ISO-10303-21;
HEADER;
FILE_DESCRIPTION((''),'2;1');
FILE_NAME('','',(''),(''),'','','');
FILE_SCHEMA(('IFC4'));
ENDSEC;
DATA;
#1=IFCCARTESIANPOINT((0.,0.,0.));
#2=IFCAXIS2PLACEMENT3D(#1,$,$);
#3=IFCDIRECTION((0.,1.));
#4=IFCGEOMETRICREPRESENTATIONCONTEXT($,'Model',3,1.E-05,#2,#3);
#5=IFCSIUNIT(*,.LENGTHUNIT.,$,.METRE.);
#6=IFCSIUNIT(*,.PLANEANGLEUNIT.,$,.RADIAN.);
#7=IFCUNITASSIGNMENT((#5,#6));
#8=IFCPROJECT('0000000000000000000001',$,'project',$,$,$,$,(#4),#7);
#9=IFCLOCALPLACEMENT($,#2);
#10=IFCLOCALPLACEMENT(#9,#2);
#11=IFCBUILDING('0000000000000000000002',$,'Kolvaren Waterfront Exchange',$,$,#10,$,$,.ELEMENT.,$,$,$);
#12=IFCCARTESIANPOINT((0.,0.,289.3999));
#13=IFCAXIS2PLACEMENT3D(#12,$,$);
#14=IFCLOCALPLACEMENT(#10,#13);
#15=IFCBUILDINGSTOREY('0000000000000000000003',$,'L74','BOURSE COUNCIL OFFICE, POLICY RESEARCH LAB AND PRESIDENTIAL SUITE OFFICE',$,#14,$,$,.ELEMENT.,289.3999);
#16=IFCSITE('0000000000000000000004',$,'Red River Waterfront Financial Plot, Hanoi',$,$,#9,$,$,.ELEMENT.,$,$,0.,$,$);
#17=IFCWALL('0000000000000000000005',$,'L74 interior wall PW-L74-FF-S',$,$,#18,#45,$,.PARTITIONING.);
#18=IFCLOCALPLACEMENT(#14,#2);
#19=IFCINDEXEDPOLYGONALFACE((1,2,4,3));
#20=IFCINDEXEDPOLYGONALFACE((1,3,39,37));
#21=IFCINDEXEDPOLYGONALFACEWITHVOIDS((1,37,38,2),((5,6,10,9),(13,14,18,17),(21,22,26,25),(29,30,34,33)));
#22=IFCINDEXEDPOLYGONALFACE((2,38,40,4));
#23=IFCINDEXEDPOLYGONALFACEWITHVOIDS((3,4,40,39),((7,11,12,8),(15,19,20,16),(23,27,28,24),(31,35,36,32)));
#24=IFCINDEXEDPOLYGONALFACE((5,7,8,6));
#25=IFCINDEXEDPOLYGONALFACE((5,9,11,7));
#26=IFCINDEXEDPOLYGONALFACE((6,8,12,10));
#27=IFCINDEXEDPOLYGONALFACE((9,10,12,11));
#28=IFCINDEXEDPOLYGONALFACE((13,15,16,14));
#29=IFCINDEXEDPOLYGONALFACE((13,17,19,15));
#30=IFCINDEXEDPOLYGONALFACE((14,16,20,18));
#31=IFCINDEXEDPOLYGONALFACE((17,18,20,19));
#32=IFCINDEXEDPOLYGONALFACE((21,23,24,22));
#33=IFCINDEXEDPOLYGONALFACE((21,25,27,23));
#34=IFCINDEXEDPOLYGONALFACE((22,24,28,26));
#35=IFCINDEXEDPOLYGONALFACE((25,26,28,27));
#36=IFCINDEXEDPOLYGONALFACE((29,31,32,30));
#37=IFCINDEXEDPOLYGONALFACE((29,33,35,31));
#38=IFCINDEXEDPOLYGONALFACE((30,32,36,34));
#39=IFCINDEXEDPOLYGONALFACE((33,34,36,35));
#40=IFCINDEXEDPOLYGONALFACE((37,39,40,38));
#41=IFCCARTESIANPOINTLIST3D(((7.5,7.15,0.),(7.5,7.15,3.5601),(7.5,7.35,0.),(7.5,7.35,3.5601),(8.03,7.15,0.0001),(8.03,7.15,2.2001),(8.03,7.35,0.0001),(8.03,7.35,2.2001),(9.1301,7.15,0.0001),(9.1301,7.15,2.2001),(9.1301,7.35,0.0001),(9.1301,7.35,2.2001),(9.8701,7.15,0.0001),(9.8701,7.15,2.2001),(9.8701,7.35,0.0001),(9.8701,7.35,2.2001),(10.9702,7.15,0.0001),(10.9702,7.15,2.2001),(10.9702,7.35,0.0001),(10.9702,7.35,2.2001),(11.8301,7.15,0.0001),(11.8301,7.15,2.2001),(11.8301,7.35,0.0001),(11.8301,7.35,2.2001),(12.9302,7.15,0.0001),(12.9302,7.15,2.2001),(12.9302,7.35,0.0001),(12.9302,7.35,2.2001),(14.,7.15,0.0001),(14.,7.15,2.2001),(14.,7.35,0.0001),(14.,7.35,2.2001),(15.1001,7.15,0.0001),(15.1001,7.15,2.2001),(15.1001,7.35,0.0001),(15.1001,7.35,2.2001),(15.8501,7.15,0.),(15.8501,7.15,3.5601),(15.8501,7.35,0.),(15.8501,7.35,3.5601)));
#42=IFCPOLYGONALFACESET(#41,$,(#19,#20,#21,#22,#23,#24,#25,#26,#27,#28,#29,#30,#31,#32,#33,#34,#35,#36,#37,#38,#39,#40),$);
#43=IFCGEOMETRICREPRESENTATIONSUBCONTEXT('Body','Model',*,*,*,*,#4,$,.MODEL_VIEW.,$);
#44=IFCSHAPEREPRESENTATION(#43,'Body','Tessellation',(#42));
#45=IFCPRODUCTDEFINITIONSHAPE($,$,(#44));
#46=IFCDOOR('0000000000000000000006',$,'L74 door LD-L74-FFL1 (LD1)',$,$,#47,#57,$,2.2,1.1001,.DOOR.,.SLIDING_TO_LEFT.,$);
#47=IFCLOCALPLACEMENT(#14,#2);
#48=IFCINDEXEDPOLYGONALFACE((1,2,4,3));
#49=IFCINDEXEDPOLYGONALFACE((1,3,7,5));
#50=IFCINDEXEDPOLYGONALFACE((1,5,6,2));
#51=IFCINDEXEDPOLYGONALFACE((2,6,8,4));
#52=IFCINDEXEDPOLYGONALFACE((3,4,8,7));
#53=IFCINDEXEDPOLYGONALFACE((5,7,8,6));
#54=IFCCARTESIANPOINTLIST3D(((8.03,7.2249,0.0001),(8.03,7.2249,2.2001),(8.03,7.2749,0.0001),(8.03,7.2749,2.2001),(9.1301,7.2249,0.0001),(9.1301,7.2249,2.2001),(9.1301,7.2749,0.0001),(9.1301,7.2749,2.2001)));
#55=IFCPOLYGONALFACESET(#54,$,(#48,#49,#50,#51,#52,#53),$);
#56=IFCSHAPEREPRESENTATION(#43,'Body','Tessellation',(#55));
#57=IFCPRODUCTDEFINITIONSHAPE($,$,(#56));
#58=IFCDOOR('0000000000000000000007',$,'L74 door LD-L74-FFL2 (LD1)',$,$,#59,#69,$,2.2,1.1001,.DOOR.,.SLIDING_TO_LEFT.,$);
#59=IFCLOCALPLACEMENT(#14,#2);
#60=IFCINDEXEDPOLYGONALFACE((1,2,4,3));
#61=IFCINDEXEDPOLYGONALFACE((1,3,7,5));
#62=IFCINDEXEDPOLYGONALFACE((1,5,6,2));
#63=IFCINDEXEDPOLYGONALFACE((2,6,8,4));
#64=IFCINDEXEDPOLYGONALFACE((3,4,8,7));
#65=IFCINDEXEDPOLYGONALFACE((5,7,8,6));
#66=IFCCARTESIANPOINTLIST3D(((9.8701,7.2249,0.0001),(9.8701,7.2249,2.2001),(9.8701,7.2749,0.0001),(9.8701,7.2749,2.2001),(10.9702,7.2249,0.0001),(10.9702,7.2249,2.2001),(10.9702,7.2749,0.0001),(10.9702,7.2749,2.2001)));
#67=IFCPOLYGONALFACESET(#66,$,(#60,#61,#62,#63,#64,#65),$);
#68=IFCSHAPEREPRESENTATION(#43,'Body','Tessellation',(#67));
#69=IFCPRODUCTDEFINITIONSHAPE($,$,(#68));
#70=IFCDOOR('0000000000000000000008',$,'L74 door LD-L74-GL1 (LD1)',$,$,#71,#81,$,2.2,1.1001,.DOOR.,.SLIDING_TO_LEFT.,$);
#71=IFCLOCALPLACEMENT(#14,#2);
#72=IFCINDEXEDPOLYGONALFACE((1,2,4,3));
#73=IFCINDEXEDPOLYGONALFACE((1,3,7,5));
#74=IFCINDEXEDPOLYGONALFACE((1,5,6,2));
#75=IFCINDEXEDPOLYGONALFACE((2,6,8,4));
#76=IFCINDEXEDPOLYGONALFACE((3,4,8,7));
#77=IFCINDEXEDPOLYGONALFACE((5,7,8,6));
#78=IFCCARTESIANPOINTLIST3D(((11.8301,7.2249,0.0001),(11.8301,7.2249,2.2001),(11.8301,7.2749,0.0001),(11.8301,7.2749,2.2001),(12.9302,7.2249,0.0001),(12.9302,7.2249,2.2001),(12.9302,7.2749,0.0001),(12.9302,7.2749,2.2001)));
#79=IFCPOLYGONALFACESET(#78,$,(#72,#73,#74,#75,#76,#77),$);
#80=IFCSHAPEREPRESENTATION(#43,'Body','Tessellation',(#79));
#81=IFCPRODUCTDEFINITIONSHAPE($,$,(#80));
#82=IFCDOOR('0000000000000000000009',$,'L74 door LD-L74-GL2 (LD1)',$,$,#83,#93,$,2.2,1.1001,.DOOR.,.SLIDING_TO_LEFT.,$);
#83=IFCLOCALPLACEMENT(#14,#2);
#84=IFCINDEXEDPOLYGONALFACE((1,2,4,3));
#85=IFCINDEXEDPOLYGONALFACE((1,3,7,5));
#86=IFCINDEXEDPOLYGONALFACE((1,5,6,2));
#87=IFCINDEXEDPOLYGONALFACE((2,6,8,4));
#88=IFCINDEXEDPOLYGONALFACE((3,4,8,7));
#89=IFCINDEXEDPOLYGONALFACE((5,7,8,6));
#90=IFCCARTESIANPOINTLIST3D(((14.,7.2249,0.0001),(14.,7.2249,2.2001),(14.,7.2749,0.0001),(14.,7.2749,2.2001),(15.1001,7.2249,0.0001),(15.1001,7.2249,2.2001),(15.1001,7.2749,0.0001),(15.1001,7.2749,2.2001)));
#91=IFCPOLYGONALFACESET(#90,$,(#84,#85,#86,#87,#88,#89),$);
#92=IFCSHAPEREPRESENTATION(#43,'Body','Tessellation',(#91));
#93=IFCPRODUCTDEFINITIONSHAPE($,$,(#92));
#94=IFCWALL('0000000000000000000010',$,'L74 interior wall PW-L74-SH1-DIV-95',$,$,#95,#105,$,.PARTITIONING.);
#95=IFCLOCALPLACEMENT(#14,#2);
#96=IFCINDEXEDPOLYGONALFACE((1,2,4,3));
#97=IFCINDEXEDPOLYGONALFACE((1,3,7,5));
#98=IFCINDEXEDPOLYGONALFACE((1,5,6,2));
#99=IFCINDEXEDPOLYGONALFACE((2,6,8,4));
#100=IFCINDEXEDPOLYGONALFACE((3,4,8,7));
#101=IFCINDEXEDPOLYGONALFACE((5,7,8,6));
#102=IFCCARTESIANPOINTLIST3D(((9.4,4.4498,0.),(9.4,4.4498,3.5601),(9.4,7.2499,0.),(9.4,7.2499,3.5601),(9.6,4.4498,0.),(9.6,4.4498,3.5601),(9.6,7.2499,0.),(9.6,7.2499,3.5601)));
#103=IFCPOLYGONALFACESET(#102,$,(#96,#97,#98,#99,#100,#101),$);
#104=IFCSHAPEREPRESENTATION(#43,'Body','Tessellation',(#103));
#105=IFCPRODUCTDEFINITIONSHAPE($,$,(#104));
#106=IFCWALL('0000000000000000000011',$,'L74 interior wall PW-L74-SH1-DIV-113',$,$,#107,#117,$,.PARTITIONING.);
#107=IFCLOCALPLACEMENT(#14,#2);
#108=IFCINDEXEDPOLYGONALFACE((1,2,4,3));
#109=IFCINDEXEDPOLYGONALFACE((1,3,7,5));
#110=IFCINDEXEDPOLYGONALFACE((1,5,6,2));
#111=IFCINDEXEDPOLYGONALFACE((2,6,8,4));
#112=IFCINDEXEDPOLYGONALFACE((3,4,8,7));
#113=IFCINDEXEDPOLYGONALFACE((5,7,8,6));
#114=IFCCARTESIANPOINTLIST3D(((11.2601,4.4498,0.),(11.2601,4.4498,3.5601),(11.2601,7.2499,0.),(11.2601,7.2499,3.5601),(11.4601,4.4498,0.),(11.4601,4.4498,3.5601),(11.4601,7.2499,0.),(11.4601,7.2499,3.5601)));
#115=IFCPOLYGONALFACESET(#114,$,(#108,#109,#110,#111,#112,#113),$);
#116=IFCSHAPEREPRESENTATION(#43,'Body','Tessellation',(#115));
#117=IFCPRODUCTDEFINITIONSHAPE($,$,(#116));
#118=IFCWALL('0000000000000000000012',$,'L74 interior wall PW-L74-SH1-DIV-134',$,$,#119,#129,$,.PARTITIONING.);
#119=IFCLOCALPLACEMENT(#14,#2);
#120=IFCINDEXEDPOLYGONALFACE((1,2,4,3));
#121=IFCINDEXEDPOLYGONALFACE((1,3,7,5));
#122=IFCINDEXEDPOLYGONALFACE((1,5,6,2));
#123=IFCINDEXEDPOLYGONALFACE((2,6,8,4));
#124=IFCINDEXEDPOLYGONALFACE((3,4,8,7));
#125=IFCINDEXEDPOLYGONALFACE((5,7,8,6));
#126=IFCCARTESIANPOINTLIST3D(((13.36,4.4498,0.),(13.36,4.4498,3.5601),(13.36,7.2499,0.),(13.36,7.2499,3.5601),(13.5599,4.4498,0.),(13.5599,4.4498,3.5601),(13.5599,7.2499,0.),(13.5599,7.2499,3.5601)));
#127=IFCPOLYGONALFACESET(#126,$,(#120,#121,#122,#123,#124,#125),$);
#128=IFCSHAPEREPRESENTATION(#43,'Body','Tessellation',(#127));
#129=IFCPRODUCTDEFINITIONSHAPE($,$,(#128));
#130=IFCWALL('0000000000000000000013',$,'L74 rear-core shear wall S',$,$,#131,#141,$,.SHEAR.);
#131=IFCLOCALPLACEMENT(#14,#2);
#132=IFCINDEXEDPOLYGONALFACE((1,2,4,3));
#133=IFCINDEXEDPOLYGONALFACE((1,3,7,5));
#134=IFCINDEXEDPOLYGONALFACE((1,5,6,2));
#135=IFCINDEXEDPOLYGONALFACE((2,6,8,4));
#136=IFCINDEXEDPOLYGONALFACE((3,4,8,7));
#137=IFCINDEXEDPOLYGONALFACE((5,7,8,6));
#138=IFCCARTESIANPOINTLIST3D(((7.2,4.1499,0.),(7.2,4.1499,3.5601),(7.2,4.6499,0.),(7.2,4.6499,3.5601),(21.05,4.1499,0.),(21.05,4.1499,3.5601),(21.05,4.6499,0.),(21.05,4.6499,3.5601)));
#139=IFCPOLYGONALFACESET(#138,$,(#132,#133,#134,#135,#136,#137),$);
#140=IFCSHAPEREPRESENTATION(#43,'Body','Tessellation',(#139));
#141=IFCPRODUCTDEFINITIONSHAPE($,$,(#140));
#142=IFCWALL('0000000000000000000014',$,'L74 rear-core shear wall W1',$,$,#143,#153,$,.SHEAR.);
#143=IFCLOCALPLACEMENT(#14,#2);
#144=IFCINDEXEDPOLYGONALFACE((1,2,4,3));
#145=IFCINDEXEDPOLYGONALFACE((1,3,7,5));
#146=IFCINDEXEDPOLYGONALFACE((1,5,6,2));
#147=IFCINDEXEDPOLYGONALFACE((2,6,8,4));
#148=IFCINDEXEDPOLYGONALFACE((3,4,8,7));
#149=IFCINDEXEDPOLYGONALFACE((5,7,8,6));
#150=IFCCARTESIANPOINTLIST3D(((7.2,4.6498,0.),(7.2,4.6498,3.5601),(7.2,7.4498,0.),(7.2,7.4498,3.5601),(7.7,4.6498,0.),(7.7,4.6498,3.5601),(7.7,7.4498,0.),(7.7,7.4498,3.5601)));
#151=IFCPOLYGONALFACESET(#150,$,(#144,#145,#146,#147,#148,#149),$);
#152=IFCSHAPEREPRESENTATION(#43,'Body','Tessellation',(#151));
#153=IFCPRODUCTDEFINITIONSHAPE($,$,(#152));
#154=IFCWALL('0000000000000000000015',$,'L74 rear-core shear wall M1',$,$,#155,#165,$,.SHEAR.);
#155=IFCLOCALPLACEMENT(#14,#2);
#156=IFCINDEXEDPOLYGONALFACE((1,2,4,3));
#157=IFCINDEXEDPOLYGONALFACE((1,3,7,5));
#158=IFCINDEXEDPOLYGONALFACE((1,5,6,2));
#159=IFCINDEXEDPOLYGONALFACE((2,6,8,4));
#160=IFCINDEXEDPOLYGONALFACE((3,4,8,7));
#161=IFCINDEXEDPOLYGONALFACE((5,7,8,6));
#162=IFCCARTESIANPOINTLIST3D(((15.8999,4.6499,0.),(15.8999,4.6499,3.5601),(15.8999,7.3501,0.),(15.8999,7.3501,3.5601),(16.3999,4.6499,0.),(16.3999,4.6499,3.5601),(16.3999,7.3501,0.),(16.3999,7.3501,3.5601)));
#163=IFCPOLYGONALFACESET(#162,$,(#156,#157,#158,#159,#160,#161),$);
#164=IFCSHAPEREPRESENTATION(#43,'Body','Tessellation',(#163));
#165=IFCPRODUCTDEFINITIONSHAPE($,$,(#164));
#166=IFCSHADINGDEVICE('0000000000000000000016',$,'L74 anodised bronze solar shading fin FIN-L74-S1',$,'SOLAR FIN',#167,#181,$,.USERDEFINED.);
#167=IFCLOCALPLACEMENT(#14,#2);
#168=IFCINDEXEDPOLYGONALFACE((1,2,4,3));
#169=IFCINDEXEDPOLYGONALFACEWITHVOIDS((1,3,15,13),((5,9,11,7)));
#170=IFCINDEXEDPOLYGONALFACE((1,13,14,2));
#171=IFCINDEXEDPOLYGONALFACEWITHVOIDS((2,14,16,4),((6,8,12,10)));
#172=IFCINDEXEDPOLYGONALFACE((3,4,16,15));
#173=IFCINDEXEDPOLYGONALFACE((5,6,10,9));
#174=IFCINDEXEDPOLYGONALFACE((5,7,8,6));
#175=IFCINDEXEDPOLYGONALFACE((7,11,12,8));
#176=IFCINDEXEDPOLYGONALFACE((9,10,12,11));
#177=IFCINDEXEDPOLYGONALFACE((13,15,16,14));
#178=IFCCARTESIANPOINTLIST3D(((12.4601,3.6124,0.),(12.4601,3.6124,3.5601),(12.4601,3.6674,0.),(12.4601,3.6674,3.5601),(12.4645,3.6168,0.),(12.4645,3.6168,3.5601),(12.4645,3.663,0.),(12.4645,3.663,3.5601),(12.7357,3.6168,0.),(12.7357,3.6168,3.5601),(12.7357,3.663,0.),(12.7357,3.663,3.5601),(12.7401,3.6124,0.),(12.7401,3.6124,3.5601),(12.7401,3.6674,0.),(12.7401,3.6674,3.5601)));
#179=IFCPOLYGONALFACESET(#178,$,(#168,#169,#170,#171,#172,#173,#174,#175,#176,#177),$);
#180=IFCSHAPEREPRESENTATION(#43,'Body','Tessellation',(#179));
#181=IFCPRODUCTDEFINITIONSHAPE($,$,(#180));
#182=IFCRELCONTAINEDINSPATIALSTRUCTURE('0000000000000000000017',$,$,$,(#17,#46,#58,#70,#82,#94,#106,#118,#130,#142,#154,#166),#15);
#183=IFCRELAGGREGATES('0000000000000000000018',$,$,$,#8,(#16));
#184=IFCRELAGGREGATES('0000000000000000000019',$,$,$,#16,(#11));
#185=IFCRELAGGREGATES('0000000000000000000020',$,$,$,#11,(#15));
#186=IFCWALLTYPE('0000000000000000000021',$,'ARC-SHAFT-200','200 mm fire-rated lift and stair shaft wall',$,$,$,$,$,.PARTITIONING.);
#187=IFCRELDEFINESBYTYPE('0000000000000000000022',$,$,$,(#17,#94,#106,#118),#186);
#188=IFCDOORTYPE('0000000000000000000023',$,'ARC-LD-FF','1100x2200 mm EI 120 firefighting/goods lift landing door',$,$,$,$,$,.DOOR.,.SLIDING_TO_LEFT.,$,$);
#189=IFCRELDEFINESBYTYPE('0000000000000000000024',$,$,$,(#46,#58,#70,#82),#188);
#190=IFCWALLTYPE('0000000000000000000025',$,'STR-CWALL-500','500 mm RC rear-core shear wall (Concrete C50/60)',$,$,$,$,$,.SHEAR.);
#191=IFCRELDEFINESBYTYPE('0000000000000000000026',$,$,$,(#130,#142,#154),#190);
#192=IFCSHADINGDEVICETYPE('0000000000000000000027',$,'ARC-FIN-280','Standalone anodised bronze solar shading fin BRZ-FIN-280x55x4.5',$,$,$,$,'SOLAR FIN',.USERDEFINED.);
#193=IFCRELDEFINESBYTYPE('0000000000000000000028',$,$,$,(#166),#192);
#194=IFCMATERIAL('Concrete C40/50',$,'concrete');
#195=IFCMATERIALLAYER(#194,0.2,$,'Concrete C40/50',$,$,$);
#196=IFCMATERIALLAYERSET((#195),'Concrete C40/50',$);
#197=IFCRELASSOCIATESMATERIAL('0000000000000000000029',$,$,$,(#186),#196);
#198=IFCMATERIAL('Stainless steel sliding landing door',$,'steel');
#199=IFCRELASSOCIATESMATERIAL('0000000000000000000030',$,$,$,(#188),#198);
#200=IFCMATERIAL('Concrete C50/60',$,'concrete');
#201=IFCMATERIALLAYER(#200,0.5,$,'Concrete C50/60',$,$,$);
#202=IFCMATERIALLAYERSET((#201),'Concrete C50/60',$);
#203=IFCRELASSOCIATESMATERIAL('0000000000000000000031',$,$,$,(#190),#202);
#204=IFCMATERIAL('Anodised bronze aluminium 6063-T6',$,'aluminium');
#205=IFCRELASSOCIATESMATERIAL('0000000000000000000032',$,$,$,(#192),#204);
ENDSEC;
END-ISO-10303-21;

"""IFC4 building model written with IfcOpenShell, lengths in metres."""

from ifc_helpers import new_model, si_unit, direction, frame, frame_2d, origin, origin_2d, place, context, subcontext, project, spatial, rectangle, hollow_rectangle, extrude, material, layer, layer_set, material_profile, profile_set, type_object, element, fill, save


model = new_model("IFC4")

# Units and contexts
model_context = context("Model", 3, precision=1e-05, world=origin(), true_north=direction((0.0, 1.0)))
body_context = subcontext(model_context, "Body", "Model", "MODEL_VIEW")
ifc_project = project(units=[si_unit("LENGTHUNIT", "METRE"), si_unit("PLANEANGLEUNIT", "RADIAN")], contexts=[model_context])

# Site, building, storey
site_placement = place(None, origin())
site = spatial("IfcSite", under=ifc_project, at=site_placement, Name="Red River Waterfront Financial Plot, Hanoi", CompositionType="ELEMENT", RefElevation=0.0)
building_placement = place(site_placement, origin())
building = spatial("IfcBuilding", under=site, at=building_placement, Name="Kolvaren Waterfront Exchange", CompositionType="ELEMENT")
storey_placement = place(building_placement, frame((0.0, 0.0, 289.3999)))
storey = spatial("IfcBuildingStorey", under=building, at=storey_placement, Name="L74", Description="BOURSE COUNCIL OFFICE, POLICY RESEARCH LAB AND PRESIDENTIAL SUITE OFFICE", CompositionType="ELEMENT", Elevation=289.3999)

# Shared definitions
ifc_material_1 = material(Name="Concrete C50/60", Category="concrete")

# Shared definitions
ifc_material_2 = material(Name="Anodised bronze aluminium 6063-T6", Category="aluminium")

# Shared definitions
ifc_material_3 = material(Name="Concrete C40/50", Category="concrete")
ifc_layer_1 = layer(ifc_material_3, 0.2, Name="Concrete C40/50")
ifc_layer_set_1 = layer_set([ifc_layer_1], Name="Concrete C40/50")
wall_type_1 = type_object("IfcWallType", Name="ARC-SHAFT-200", Description="200 mm fire-rated lift and stair shaft wall", PredefinedType="PARTITIONING", material=ifc_layer_set_1)

# Wall, openings, doors
wall_1_placement = place(storey_placement, frame((7.5, 7.25, 0.0), z_axis=(0.0, 0.0, 1.0), x_axis=(1.0, 0.0, 0.0)))
wall_1 = element("IfcWall", 1, at=wall_1_placement, inside=storey, type_object=wall_type_1, Name="L74 interior wall PW-L74-FF-S", PredefinedType="PARTITIONING", context=body_context, shape_type="SweptSolid", body=[
    extrude(rectangle(XDim=8.3501, YDim=0.2, at=frame_2d((4.175, 0.0))), origin(), (0.0, 0.0, 1.0), 3.5601),
])
opening_1_placement = place(wall_1_placement, frame((0.53, 0.0, 0.0)))
opening_1 = element("IfcOpeningElement", 2, at=opening_1_placement, cuts=wall_1, PredefinedType="OPENING", context=body_context, shape_type="SweptSolid", body=[
    extrude(rectangle(XDim=1.1001, YDim=2.2, at=frame_2d((0.55, 1.1001))), frame((0.0, 0.1099, 0.0), z_axis=(0.0, -1.0, 0.0), x_axis=(1.0, 0.0, 0.0)), (0.0, 0.0, 1.0), 0.22),
])
opening_2_placement = place(wall_1_placement, frame((2.3701, 0.0, 0.0)))
opening_2 = element("IfcOpeningElement", 3, at=opening_2_placement, cuts=wall_1, PredefinedType="OPENING", context=body_context, shape_type="SweptSolid", body=[
    extrude(rectangle(XDim=1.1001, YDim=2.2, at=frame_2d((0.55, 1.1001))), frame((0.0, 0.1099, 0.0), z_axis=(0.0, -1.0, 0.0), x_axis=(1.0, 0.0, 0.0)), (0.0, 0.0, 1.0), 0.22),
])
opening_3_placement = place(wall_1_placement, frame((4.3301, 0.0, 0.0)))
opening_3 = element("IfcOpeningElement", 4, at=opening_3_placement, cuts=wall_1, PredefinedType="OPENING", context=body_context, shape_type="SweptSolid", body=[
    extrude(rectangle(XDim=1.1001, YDim=2.2, at=frame_2d((0.55, 1.1001))), frame((0.0, 0.1099, 0.0), z_axis=(0.0, -1.0, 0.0), x_axis=(1.0, 0.0, 0.0)), (0.0, 0.0, 1.0), 0.22),
])
opening_4_placement = place(wall_1_placement, frame((6.5, 0.0, 0.0)))
opening_4 = element("IfcOpeningElement", 5, at=opening_4_placement, cuts=wall_1, PredefinedType="OPENING", context=body_context, shape_type="SweptSolid", body=[
    extrude(rectangle(XDim=1.1001, YDim=2.2, at=frame_2d((0.55, 1.1001))), frame((0.0, 0.1099, 0.0), z_axis=(0.0, -1.0, 0.0), x_axis=(1.0, 0.0, 0.0)), (0.0, 0.0, 1.0), 0.22),
])
ifc_material_4 = material(Name="Stainless steel sliding landing door", Category="steel")
door_type = type_object("IfcDoorType", Name="ARC-LD-FF", Description="1100x2200 mm EI 120 firefighting/goods lift landing door", OperationType="SLIDING_TO_LEFT", PredefinedType="DOOR", material=ifc_material_4)
door_1_placement = place(opening_1_placement, origin())
door_1 = element("IfcDoor", 6, at=door_1_placement, inside=storey, type_object=door_type, Name="L74 door LD-L74-FFL1 (LD1)", OperationType="SLIDING_TO_LEFT", OverallHeight=2.2, OverallWidth=1.1001, PredefinedType="DOOR", context=body_context, shape_type="SweptSolid", body=[
    extrude(rectangle(XDim=1.1001, YDim=2.2, at=frame_2d((0.55, 1.1001))), frame((0.0, 0.0249, 0.0), z_axis=(0.0, -1.0, 0.0), x_axis=(1.0, 0.0, 0.0)), (0.0, 0.0, 1.0), 0.05),
])
fill(opening_1, door_1)
door_2_placement = place(opening_2_placement, origin())
door_2 = element("IfcDoor", 7, at=door_2_placement, inside=storey, type_object=door_type, Name="L74 door LD-L74-FFL2 (LD1)", OperationType="SLIDING_TO_LEFT", OverallHeight=2.2, OverallWidth=1.1001, PredefinedType="DOOR", context=body_context, shape_type="SweptSolid", body=[
    extrude(rectangle(XDim=1.1001, YDim=2.2, at=frame_2d((0.55, 1.1001))), frame((0.0, 0.0249, 0.0), z_axis=(0.0, -1.0, 0.0), x_axis=(1.0, 0.0, 0.0)), (0.0, 0.0, 1.0), 0.05),
])
fill(opening_2, door_2)
door_3_placement = place(opening_3_placement, origin())
door_3 = element("IfcDoor", 8, at=door_3_placement, inside=storey, type_object=door_type, Name="L74 door LD-L74-GL1 (LD1)", OperationType="SLIDING_TO_LEFT", OverallHeight=2.2, OverallWidth=1.1001, PredefinedType="DOOR", context=body_context, shape_type="SweptSolid", body=[
    extrude(rectangle(XDim=1.1001, YDim=2.2, at=frame_2d((0.55, 1.1001))), frame((0.0, 0.0249, 0.0), z_axis=(0.0, -1.0, 0.0), x_axis=(1.0, 0.0, 0.0)), (0.0, 0.0, 1.0), 0.05),
])
fill(opening_3, door_3)
door_4_placement = place(opening_4_placement, origin())
door_4 = element("IfcDoor", 9, at=door_4_placement, inside=storey, type_object=door_type, Name="L74 door LD-L74-GL2 (LD1)", OperationType="SLIDING_TO_LEFT", OverallHeight=2.2, OverallWidth=1.1001, PredefinedType="DOOR", context=body_context, shape_type="SweptSolid", body=[
    extrude(rectangle(XDim=1.1001, YDim=2.2, at=frame_2d((0.55, 1.1001))), frame((0.0, 0.0249, 0.0), z_axis=(0.0, -1.0, 0.0), x_axis=(1.0, 0.0, 0.0)), (0.0, 0.0, 1.0), 0.05),
])
fill(opening_4, door_4)

# Walls
for number, where, z_axis, x_axis, name in (
    (10, (9.5, 4.45, 0.0), (0.0, 0.0, 1.0), (0.0, 1.0, 0.0), "L74 interior wall PW-L74-SH1-DIV-95"),
    (11, (11.3601, 4.45, 0.0), (0.0, 0.0, 1.0), (0.0, 1.0, 0.0), "L74 interior wall PW-L74-SH1-DIV-113"),
    (12, (13.46, 4.45, 0.0), (0.0, 0.0, 1.0), (0.0, 1.0, 0.0), "L74 interior wall PW-L74-SH1-DIV-134"),
):
    element("IfcWall", number, at=place(storey_placement, frame(where, z_axis=z_axis, x_axis=x_axis)), inside=storey, type_object=wall_type_1, Name=name, PredefinedType="PARTITIONING", context=body_context, shape_type="SweptSolid", body=[
        extrude(rectangle(XDim=2.8, YDim=0.2, at=frame_2d((1.3999, 0.0))), origin(), (0.0, 0.0, 1.0), 3.5601),
    ])
ifc_layer_2 = layer(ifc_material_1, 0.5, Name="Concrete C50/60")
ifc_layer_set_2 = layer_set([ifc_layer_2], Name="Concrete C50/60")
wall_type_2 = type_object("IfcWallType", Name="STR-CWALL-500", Description="500 mm RC rear-core shear wall (Concrete C50/60)", PredefinedType="SHEAR", material=ifc_layer_set_2)
wall_2_placement = place(storey_placement, frame((7.2, 4.3999, 0.0), z_axis=(0.0, 0.0, 1.0), x_axis=(1.0, 0.0, 0.0)))
element("IfcWall", 13, at=wall_2_placement, inside=storey, type_object=wall_type_2, Name="L74 rear-core shear wall S", PredefinedType="SHEAR", context=body_context, shape_type="SweptSolid", body=[
    extrude(rectangle(XDim=13.8501, YDim=0.5, at=frame_2d((6.925, 0.0))), origin(), (0.0, 0.0, 1.0), 3.5601),
])
wall_3_placement = place(storey_placement, frame((7.45, 4.6499, 0.0), z_axis=(0.0, 0.0, 1.0), x_axis=(0.0, 1.0, 0.0)))
element("IfcWall", 14, at=wall_3_placement, inside=storey, type_object=wall_type_2, Name="L74 rear-core shear wall W1", PredefinedType="SHEAR", context=body_context, shape_type="SweptSolid", body=[
    extrude(rectangle(XDim=2.8, YDim=0.5, at=frame_2d((1.3999, 0.0))), origin(), (0.0, 0.0, 1.0), 3.5601),
])
wall_4_placement = place(storey_placement, frame((16.1499, 4.6499, 0.0), z_axis=(0.0, 0.0, 1.0), x_axis=(0.0, 1.0, 0.0)))
element("IfcWall", 15, at=wall_4_placement, inside=storey, type_object=wall_type_2, Name="L74 rear-core shear wall M1", PredefinedType="SHEAR", context=body_context, shape_type="SweptSolid", body=[
    extrude(rectangle(XDim=2.7002, YDim=0.5, at=frame_2d((1.3501, 0.0))), origin(), (0.0, 0.0, 1.0), 3.5601),
])

# Shading device
ifc_material_profile_1 = material_profile(ifc_material_2, hollow_rectangle(XDim=0.0549, YDim=0.28, WallThickness=0.0044, at=origin_2d()), Name="BRZ-FIN-280x55x4.5")
ifc_profile_set_1 = profile_set([ifc_material_profile_1], Name="Anodised bronze aluminium 6063-T6")
shading_device_type = type_object("IfcShadingDeviceType", Name="ARC-FIN-280", Description="Standalone anodised bronze solar shading fin BRZ-FIN-280x55x4.5", ElementType="SOLAR FIN", PredefinedType="USERDEFINED", material=ifc_profile_set_1)
shading_device_placement = place(storey_placement, frame((12.6001, 3.6399, 0.0), z_axis=(0.0, 0.0, 1.0), x_axis=(0.0, -1.0, 0.0)))
element("IfcShadingDevice", 16, at=shading_device_placement, inside=storey, type_object=shading_device_type, Name="L74 anodised bronze solar shading fin FIN-L74-S1", ObjectType="SOLAR FIN", PredefinedType="USERDEFINED", context=body_context, shape_type="SweptSolid", body=[
    extrude(hollow_rectangle(XDim=0.0549, YDim=0.28, WallThickness=0.0044, at=origin_2d()), origin(), (0.0, 0.0, 1.0), 3.5601),
])

save(model, "model.ifc")
